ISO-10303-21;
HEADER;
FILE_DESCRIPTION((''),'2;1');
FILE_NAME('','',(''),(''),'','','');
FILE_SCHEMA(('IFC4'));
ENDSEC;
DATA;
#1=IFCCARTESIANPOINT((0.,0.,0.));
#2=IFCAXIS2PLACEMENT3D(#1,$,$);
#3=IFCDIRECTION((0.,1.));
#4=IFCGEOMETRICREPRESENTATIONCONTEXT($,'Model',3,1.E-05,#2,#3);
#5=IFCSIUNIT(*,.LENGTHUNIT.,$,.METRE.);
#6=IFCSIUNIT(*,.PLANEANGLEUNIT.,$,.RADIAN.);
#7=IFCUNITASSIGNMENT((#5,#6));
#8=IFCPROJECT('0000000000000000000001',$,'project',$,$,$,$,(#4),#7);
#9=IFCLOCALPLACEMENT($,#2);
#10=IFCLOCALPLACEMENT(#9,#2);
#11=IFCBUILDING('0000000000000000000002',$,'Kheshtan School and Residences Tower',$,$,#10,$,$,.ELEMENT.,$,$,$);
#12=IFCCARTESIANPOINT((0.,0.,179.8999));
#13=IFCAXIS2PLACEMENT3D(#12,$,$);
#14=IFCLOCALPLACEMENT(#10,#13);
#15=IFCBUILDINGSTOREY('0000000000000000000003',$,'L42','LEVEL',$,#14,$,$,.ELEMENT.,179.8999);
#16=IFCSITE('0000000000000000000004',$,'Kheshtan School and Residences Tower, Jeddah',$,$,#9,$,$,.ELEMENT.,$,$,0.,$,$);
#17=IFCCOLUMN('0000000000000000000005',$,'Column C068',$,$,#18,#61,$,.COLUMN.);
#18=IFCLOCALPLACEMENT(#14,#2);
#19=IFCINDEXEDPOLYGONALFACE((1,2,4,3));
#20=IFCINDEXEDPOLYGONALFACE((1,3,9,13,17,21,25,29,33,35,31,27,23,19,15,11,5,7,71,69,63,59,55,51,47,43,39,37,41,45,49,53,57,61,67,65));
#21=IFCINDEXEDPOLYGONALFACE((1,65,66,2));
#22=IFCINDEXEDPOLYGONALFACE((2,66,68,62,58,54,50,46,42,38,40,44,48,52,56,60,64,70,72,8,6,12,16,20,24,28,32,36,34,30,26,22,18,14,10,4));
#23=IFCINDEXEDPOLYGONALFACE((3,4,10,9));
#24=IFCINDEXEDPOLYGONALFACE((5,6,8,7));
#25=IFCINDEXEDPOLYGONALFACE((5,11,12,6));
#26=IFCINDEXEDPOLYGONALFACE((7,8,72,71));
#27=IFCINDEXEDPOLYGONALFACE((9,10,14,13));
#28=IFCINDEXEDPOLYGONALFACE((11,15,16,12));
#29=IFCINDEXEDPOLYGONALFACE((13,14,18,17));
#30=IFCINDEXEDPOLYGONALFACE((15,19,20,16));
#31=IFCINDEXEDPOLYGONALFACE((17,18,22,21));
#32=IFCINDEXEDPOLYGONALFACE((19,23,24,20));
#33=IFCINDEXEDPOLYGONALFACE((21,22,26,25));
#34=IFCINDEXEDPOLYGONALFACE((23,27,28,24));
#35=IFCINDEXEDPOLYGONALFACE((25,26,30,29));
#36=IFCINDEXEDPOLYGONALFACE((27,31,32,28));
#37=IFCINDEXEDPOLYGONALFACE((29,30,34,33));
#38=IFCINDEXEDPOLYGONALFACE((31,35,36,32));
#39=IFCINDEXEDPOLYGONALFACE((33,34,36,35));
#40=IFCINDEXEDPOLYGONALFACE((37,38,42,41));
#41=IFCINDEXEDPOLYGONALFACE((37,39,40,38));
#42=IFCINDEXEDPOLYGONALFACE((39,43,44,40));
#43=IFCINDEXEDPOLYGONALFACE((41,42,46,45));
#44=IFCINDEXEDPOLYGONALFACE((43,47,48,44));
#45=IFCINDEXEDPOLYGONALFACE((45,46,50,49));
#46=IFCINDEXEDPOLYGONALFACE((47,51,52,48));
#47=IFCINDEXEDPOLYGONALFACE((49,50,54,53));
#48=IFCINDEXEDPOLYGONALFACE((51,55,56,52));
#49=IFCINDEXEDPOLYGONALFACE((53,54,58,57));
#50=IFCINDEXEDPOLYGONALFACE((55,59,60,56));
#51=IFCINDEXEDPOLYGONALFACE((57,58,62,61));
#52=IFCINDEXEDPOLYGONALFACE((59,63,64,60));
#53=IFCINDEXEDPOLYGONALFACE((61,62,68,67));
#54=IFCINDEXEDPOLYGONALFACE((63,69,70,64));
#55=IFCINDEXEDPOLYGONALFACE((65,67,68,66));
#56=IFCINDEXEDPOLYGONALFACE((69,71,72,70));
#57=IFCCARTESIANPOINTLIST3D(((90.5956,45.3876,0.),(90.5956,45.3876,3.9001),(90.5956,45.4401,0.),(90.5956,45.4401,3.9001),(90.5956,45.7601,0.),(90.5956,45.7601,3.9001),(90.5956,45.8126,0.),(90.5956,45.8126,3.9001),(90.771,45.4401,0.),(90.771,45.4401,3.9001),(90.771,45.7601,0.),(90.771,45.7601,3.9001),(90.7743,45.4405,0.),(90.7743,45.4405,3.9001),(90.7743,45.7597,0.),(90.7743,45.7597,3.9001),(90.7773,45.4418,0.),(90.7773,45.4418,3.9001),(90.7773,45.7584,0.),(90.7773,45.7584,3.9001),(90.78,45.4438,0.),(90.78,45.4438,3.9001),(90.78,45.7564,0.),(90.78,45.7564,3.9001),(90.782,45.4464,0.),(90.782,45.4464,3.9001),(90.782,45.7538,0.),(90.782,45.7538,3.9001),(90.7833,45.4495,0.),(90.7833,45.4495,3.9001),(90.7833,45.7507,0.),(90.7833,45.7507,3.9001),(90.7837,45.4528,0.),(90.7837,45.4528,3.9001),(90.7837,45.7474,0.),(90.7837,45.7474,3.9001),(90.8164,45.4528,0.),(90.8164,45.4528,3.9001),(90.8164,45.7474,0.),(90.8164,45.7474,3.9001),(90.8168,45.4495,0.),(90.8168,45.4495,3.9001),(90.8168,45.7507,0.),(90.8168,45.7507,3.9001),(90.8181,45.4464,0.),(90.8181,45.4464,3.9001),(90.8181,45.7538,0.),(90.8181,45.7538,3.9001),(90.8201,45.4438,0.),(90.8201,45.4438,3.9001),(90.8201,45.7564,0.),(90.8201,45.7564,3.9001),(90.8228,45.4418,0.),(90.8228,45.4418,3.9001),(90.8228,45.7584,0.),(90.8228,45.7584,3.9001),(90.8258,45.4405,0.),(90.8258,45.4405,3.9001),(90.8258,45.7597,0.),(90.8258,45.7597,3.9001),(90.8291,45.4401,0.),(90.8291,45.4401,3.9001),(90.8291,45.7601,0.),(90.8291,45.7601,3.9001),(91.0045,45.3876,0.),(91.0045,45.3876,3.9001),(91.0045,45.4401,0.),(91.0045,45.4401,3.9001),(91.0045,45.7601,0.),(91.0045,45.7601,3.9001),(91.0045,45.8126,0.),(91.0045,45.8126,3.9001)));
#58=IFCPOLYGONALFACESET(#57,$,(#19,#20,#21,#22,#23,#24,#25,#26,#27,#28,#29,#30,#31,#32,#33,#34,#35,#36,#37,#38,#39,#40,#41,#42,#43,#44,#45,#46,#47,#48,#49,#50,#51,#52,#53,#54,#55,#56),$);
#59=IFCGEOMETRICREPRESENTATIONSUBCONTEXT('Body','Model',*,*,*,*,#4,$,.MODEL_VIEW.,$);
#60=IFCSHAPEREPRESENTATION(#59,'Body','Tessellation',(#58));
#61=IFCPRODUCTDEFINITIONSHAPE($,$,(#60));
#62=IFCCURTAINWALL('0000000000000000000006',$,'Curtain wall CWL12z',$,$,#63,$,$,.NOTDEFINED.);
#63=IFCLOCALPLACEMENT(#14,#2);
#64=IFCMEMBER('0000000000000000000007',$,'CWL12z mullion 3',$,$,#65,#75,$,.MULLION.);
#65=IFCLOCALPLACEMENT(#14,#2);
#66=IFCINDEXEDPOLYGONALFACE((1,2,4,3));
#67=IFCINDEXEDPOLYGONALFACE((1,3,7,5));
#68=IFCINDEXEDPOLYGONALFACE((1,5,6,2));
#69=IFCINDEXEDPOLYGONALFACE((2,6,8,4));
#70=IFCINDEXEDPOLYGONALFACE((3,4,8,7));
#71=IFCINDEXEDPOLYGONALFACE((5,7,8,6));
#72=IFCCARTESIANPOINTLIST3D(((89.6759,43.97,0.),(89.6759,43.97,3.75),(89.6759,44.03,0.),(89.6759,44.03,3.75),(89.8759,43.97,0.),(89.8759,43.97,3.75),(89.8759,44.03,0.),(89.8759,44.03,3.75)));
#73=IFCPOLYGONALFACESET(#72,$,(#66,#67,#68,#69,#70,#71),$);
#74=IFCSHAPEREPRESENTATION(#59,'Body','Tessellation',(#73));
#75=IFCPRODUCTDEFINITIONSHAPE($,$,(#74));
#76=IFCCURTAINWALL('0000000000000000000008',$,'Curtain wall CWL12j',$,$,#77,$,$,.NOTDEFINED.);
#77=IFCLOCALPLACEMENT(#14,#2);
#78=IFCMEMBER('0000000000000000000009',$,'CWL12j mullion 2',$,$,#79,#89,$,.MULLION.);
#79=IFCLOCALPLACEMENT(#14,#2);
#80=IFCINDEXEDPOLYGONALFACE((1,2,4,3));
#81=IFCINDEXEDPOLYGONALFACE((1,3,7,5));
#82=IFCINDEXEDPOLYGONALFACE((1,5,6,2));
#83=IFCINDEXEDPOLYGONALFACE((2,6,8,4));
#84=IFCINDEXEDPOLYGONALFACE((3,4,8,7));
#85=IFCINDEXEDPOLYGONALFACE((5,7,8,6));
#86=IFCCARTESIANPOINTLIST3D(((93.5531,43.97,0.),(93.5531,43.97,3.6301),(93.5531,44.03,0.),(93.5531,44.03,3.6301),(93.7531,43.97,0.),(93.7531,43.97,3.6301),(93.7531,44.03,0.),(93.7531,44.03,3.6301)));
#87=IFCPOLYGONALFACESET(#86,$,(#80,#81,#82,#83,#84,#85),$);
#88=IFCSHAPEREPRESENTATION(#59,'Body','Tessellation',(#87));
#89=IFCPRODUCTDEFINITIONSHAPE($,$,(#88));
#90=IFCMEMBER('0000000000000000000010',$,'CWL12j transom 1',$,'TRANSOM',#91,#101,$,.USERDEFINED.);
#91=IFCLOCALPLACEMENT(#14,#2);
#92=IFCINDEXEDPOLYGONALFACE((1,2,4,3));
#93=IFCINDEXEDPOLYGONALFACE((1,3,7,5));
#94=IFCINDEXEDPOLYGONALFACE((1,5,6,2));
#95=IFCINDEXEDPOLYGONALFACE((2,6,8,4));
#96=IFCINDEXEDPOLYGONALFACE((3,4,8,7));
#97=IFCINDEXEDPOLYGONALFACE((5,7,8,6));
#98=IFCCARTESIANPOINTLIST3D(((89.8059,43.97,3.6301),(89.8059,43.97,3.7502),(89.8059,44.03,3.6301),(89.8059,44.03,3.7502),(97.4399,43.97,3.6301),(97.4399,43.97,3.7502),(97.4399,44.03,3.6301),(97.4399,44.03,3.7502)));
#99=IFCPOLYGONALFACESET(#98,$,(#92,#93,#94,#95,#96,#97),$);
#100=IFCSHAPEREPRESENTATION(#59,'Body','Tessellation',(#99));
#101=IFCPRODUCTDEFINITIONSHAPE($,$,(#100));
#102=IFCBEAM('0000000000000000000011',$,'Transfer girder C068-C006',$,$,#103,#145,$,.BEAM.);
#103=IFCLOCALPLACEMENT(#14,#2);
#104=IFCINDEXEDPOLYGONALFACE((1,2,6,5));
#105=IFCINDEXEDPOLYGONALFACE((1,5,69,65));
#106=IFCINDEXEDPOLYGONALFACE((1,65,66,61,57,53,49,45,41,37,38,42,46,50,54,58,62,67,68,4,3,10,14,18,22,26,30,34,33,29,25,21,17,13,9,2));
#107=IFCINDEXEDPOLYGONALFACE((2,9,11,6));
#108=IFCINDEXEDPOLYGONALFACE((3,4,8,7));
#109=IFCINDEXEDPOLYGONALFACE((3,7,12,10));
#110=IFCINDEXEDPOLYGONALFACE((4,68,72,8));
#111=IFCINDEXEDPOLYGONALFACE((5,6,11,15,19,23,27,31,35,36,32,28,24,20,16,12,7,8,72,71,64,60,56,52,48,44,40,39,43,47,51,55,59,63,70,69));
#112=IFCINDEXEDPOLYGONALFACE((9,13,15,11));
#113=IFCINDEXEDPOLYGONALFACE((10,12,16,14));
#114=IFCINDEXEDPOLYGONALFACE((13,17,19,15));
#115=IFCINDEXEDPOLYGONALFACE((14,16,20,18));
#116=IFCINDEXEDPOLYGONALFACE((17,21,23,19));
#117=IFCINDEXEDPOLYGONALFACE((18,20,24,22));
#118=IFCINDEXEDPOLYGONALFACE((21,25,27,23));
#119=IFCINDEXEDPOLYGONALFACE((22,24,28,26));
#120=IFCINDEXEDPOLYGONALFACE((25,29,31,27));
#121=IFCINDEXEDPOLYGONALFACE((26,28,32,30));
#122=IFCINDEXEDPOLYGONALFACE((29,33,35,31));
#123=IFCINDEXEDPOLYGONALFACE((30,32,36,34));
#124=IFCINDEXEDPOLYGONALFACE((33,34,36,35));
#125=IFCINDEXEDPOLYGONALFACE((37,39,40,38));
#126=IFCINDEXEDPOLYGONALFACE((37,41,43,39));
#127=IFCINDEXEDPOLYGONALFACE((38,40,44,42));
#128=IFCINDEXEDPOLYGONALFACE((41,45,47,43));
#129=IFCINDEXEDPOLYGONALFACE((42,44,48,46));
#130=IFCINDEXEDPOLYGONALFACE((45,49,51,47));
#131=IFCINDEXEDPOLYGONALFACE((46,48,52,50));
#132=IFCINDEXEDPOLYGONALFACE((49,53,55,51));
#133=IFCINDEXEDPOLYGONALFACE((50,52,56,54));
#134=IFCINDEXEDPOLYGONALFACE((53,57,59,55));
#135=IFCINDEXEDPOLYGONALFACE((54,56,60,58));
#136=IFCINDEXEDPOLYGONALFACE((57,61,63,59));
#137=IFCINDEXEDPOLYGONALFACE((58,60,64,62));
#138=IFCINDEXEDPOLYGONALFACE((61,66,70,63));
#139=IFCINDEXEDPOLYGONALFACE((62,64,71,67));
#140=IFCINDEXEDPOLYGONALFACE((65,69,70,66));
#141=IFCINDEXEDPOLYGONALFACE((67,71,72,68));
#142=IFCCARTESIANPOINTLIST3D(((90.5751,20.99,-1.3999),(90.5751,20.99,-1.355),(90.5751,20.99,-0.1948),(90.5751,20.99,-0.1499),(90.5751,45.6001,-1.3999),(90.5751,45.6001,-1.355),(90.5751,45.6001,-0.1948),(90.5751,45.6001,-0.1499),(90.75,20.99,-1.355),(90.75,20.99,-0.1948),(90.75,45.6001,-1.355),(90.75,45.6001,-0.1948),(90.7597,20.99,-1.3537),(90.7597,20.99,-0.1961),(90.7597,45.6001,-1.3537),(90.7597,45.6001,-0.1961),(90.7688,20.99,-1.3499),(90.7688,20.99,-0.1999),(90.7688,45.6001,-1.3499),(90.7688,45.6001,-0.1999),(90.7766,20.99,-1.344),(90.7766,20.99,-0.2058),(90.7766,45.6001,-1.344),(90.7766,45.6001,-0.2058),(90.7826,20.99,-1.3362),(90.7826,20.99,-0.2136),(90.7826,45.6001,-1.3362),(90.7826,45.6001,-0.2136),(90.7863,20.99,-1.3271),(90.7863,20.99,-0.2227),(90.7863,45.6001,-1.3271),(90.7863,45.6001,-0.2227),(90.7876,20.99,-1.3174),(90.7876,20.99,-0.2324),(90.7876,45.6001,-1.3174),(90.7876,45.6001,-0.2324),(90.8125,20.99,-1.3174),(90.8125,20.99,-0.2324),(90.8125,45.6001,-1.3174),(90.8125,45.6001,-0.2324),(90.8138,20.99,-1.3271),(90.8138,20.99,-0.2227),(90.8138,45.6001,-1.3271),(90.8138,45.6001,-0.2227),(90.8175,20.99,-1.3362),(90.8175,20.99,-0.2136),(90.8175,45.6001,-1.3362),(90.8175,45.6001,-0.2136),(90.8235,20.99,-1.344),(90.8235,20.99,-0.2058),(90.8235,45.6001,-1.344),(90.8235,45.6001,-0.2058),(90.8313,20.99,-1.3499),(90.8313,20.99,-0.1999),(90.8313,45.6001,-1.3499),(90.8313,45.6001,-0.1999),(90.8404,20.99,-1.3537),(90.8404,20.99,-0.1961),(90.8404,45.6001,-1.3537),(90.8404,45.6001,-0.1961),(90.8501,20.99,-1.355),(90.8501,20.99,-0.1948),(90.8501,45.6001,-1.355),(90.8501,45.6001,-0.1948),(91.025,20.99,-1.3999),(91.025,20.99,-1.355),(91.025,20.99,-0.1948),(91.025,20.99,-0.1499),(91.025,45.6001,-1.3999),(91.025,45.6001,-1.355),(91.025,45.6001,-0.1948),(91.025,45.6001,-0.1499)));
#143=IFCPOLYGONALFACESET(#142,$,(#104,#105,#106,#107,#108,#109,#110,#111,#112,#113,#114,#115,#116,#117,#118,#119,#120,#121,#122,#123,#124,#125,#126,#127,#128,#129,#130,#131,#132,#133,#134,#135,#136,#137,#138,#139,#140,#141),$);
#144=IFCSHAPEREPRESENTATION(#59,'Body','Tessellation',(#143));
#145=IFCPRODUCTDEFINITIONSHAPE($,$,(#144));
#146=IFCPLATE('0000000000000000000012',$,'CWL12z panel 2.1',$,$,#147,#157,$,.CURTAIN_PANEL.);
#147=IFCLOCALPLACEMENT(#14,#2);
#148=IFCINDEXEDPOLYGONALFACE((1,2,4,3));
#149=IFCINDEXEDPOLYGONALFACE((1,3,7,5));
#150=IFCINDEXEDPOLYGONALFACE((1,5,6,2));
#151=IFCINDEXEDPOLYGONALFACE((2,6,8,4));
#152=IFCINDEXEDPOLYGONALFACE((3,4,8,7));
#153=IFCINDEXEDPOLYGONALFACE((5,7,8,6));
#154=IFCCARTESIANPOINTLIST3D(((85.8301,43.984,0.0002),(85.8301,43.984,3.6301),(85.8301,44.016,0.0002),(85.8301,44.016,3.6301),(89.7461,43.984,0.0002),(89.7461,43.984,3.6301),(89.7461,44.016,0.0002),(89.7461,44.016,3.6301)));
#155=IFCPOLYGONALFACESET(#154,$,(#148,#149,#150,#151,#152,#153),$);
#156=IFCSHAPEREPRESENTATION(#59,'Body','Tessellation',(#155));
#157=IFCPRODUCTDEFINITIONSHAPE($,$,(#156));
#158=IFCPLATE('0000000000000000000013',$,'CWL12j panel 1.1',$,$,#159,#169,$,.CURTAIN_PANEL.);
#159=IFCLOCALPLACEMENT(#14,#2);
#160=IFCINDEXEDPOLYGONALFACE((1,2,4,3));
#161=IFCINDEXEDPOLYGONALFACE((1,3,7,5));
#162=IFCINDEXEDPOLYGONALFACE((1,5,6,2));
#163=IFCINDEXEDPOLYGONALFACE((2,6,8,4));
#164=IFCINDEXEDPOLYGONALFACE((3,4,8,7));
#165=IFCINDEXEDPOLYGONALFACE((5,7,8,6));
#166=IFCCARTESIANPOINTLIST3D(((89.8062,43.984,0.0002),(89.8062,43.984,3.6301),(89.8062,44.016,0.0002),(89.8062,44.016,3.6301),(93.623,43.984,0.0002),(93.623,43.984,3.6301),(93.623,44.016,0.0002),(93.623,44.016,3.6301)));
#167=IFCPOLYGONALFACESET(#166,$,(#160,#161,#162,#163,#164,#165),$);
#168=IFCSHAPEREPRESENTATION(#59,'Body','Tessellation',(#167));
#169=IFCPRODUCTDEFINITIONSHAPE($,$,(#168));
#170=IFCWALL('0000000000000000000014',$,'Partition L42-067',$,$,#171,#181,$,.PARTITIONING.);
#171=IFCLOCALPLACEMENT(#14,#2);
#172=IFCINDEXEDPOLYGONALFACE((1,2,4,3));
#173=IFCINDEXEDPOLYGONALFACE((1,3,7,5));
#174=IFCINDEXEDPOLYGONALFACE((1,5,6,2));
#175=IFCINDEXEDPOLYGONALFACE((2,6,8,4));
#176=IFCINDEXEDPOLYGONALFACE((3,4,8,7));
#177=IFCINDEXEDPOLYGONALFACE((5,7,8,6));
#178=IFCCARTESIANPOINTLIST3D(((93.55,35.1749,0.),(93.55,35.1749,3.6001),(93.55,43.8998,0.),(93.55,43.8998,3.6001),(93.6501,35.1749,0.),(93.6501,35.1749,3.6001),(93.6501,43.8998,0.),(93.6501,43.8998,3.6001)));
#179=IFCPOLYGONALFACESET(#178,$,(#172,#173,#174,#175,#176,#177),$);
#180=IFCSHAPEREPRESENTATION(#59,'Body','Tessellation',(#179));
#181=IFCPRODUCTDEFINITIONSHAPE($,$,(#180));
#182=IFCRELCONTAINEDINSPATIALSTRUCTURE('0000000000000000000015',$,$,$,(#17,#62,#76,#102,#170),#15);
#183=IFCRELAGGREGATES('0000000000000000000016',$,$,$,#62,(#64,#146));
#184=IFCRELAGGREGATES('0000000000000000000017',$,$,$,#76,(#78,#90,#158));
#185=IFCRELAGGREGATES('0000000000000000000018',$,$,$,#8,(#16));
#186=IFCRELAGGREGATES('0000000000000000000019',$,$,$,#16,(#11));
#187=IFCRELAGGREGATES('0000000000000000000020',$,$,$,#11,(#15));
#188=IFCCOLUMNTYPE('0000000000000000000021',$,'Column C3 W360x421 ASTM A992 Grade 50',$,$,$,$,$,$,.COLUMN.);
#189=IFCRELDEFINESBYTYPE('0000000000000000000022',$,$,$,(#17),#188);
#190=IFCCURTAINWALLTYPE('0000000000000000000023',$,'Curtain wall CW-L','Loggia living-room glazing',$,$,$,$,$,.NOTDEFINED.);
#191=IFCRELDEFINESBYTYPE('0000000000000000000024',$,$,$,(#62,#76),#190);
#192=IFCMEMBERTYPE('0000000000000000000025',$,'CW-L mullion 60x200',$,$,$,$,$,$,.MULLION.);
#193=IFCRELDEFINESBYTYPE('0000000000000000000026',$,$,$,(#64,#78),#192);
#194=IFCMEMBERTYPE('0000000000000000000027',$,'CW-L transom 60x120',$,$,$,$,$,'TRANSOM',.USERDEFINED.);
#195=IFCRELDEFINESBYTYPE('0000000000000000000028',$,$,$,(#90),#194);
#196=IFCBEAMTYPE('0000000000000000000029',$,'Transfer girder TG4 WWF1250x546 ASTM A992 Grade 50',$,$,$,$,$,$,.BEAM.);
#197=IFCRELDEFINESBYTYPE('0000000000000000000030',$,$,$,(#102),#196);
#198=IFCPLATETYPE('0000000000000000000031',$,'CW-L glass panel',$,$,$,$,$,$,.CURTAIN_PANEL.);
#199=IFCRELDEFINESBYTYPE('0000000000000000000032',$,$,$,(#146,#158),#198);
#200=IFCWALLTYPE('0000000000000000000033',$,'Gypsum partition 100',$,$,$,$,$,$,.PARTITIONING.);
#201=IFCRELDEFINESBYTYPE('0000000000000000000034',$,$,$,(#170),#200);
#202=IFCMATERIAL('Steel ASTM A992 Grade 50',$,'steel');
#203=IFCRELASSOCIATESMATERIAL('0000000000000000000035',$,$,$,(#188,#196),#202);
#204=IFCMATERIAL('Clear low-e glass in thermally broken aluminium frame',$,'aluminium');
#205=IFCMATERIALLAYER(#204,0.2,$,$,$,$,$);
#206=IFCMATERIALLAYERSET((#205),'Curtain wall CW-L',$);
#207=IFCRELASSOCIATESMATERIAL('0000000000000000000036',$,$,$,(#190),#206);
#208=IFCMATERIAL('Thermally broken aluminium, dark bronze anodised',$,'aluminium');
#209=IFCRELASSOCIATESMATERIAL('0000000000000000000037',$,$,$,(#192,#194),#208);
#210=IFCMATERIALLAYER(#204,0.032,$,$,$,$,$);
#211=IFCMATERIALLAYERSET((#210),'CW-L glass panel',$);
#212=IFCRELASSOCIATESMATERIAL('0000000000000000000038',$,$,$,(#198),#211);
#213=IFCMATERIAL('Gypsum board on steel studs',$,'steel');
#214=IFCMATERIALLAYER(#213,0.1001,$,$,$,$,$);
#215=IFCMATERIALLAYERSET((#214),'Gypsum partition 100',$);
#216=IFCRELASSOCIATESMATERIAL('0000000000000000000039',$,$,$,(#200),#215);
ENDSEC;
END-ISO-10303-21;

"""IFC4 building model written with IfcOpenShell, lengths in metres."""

from ifc_helpers import new_model, si_unit, direction, frame, frame_2d, origin, origin_2d, place, context, subcontext, project, spatial, rectangle, i_section, extrude, material, layer, layer_set, material_profile, profile_set, type_object, element, aggregate, save


model = new_model("IFC4")

# Units and contexts
model_context = context("Model", 3, precision=1e-05, world=origin(), true_north=direction((0.0, 1.0)))
body_context = subcontext(model_context, "Body", "Model", "MODEL_VIEW")
ifc_project = project(units=[si_unit("LENGTHUNIT", "METRE"), si_unit("PLANEANGLEUNIT", "RADIAN")], contexts=[model_context])

# Site, building, storey
site_placement = place(None, origin())
site = spatial("IfcSite", under=ifc_project, at=site_placement, Name="Kheshtan School and Residences Tower, Jeddah", CompositionType="ELEMENT", RefElevation=0.0)
building_placement = place(site_placement, origin())
building = spatial("IfcBuilding", under=site, at=building_placement, Name="Kheshtan School and Residences Tower", CompositionType="ELEMENT")
storey_placement = place(building_placement, frame((0.0, 0.0, 179.8999)))
storey = spatial("IfcBuildingStorey", under=building, at=storey_placement, Name="L42", Description="LEVEL", CompositionType="ELEMENT", Elevation=179.8999)

# Column
ifc_material_1 = material(Name="Steel ASTM A992 Grade 50", Category="steel")
ifc_material_profile_1 = material_profile(ifc_material_1, i_section(OverallWidth=0.4089, OverallDepth=0.425, WebThickness=0.0327, FlangeThickness=0.0525, FilletRadius=0.0127, at=origin_2d()), Name="W360x421")
ifc_profile_set_1 = profile_set([ifc_material_profile_1], Name="Steel ASTM A992 Grade 50")
column_type = type_object("IfcColumnType", Name="Column C3 W360x421 ASTM A992 Grade 50", PredefinedType="COLUMN", material=ifc_profile_set_1)
column_placement = place(storey_placement, frame((90.8, 45.6001, 0.0), z_axis=(0.0, 0.0, 1.0), x_axis=(1.0, 0.0, 0.0)))
element("IfcColumn", 1, at=column_placement, inside=storey, type_object=column_type, Name="Column C068", PredefinedType="COLUMN", context=body_context, shape_type="SweptSolid", body=[
    extrude(i_section(OverallWidth=0.4089, OverallDepth=0.425, WebThickness=0.0327, FlangeThickness=0.0525, FilletRadius=0.0127, at=origin_2d()), origin(), (0.0, 0.0, 1.0), 3.9001),
])

# Curtain wall, member
ifc_material_2 = material(Name="Clear low-e glass in thermally broken aluminium frame", Category="aluminium")
ifc_layer_1 = layer(ifc_material_2, 0.2)
ifc_layer_set_1 = layer_set([ifc_layer_1], Name="Curtain wall CW-L")
curtain_wall_type = type_object("IfcCurtainWallType", Name="Curtain wall CW-L", Description="Loggia living-room glazing", PredefinedType="NOTDEFINED", material=ifc_layer_set_1)
curtain_wall_1_placement = place(storey_placement, origin())
curtain_wall_1 = element("IfcCurtainWall", 2, at=curtain_wall_1_placement, inside=storey, type_object=curtain_wall_type, Name="Curtain wall CWL12z", PredefinedType="NOTDEFINED")
ifc_material_3 = material(Name="Thermally broken aluminium, dark bronze anodised", Category="aluminium")
ifc_material_profile_2 = material_profile(ifc_material_3, rectangle(XDim=0.0601, YDim=0.2, at=origin_2d()), Name="CW-L mullion 60x200")
ifc_profile_set_2 = profile_set([ifc_material_profile_2], Name="Thermally broken aluminium, dark bronze anodised")
member_type_1 = type_object("IfcMemberType", Name="CW-L mullion 60x200", PredefinedType="MULLION", material=ifc_profile_set_2)
member_1_placement = place(storey_placement, frame((89.7759, 44.0, 0.0), z_axis=(0.0, 0.0, 1.0), x_axis=(0.0, 1.0, 0.0)))
member_1 = element("IfcMember", 3, at=member_1_placement, type_object=member_type_1, Name="CWL12z mullion 3", PredefinedType="MULLION", context=body_context, shape_type="SweptSolid", body=[
    extrude(rectangle(XDim=0.0601, YDim=0.2, at=origin_2d()), origin(), (0.0, 0.0, 1.0), 3.75),
])

# Curtain wall, members
curtain_wall_2_placement = place(storey_placement, origin())
curtain_wall_2 = element("IfcCurtainWall", 4, at=curtain_wall_2_placement, inside=storey, type_object=curtain_wall_type, Name="Curtain wall CWL12j", PredefinedType="NOTDEFINED")
member_2_placement = place(storey_placement, frame((93.6531, 44.0, 0.0), z_axis=(0.0, 0.0, 1.0), x_axis=(0.0, 1.0, 0.0)))
member_2 = element("IfcMember", 5, at=member_2_placement, type_object=member_type_1, Name="CWL12j mullion 2", PredefinedType="MULLION", context=body_context, shape_type="SweptSolid", body=[
    extrude(rectangle(XDim=0.0601, YDim=0.2, at=origin_2d()), origin(), (0.0, 0.0, 1.0), 3.6301),
])
ifc_material_profile_3 = material_profile(ifc_material_3, rectangle(XDim=0.0601, YDim=0.1201, at=origin_2d()), Name="CW-L transom 60x120")
ifc_profile_set_3 = profile_set([ifc_material_profile_3], Name="Thermally broken aluminium, dark bronze anodised")
member_type_2 = type_object("IfcMemberType", Name="CW-L transom 60x120", ElementType="TRANSOM", PredefinedType="USERDEFINED", material=ifc_profile_set_3)
member_3_placement = place(storey_placement, frame((89.8059, 44.0, 3.6902), z_axis=(1.0, 0.0, 0.0), x_axis=(0.0, 1.0, 0.0)))
member_3 = element("IfcMember", 6, at=member_3_placement, type_object=member_type_2, Name="CWL12j transom 1", ObjectType="TRANSOM", PredefinedType="USERDEFINED", context=body_context, shape_type="SweptSolid", body=[
    extrude(rectangle(XDim=0.0601, YDim=0.1201, at=origin_2d()), origin(), (0.0, 0.0, 1.0), 7.634),
])

# Beam
ifc_material_profile_4 = material_profile(ifc_material_1, i_section(OverallWidth=0.45, OverallDepth=1.25, WebThickness=0.0249, FlangeThickness=0.0449, FilletRadius=0.0376, at=origin_2d()), Name="WWF1250x546")
ifc_profile_set_4 = profile_set([ifc_material_profile_4], Name="Steel ASTM A992 Grade 50")
beam_type = type_object("IfcBeamType", Name="Transfer girder TG4 WWF1250x546 ASTM A992 Grade 50", PredefinedType="BEAM", material=ifc_profile_set_4)
beam_placement = place(storey_placement, frame((90.8, 45.6001, -0.7749), z_axis=(0.0, -1.0, 0.0), x_axis=(1.0, 0.0, 0.0)))
element("IfcBeam", 7, at=beam_placement, inside=storey, type_object=beam_type, Name="Transfer girder C068-C006", PredefinedType="BEAM", context=body_context, shape_type="SweptSolid", body=[
    extrude(i_section(OverallWidth=0.45, OverallDepth=1.25, WebThickness=0.0249, FlangeThickness=0.0449, FilletRadius=0.0376, at=origin_2d()), origin(), (0.0, 0.0, 1.0), 24.6101),
])

# Plates
ifc_layer_2 = layer(ifc_material_2, 0.032)
ifc_layer_set_2 = layer_set([ifc_layer_2], Name="CW-L glass panel")
plate_type = type_object("IfcPlateType", Name="CW-L glass panel", PredefinedType="CURTAIN_PANEL", material=ifc_layer_set_2)
plate_1_placement = place(storey_placement, frame((87.7881, 44.0, 0.0002), z_axis=(0.0, 0.0, 1.0), x_axis=(1.0, 0.0, 0.0)))
plate_1 = element("IfcPlate", 8, at=plate_1_placement, type_object=plate_type, Name="CWL12z panel 2.1", PredefinedType="CURTAIN_PANEL", context=body_context, shape_type="SweptSolid", body=[
    extrude(rectangle(XDim=3.916, YDim=0.032, at=origin_2d()), origin(), (0.0, 0.0, 1.0), 3.6299),
])
aggregate(curtain_wall_1, [member_1, plate_1])
plate_2_placement = place(storey_placement, frame((91.7146, 44.0, 0.0002), z_axis=(0.0, 0.0, 1.0), x_axis=(1.0, 0.0, 0.0)))
plate_2 = element("IfcPlate", 9, at=plate_2_placement, type_object=plate_type, Name="CWL12j panel 1.1", PredefinedType="CURTAIN_PANEL", context=body_context, shape_type="SweptSolid", body=[
    extrude(rectangle(XDim=3.8169, YDim=0.032, at=origin_2d()), origin(), (0.0, 0.0, 1.0), 3.6299),
])
aggregate(curtain_wall_2, [member_2, member_3, plate_2])

# Wall
ifc_material_4 = material(Name="Gypsum board on steel studs", Category="steel")
ifc_layer_3 = layer(ifc_material_4, 0.1001)
ifc_layer_set_3 = layer_set([ifc_layer_3], Name="Gypsum partition 100")
wall_type_1 = type_object("IfcWallType", Name="Gypsum partition 100", PredefinedType="PARTITIONING", material=ifc_layer_set_3)
wall_1_placement = place(storey_placement, frame((93.6001, 35.175, 0.0), z_axis=(0.0, 0.0, 1.0), x_axis=(0.0, 1.0, 0.0)))
element("IfcWall", 10, at=wall_1_placement, inside=storey, type_object=wall_type_1, Name="Partition L42-067", PredefinedType="PARTITIONING", context=body_context, shape_type="SweptSolid", body=[
    extrude(rectangle(XDim=8.7249, YDim=0.1001, at=frame_2d((4.3623, 0.0))), origin(), (0.0, 0.0, 1.0), 3.6001),
])

save(model, "model.ifc")
